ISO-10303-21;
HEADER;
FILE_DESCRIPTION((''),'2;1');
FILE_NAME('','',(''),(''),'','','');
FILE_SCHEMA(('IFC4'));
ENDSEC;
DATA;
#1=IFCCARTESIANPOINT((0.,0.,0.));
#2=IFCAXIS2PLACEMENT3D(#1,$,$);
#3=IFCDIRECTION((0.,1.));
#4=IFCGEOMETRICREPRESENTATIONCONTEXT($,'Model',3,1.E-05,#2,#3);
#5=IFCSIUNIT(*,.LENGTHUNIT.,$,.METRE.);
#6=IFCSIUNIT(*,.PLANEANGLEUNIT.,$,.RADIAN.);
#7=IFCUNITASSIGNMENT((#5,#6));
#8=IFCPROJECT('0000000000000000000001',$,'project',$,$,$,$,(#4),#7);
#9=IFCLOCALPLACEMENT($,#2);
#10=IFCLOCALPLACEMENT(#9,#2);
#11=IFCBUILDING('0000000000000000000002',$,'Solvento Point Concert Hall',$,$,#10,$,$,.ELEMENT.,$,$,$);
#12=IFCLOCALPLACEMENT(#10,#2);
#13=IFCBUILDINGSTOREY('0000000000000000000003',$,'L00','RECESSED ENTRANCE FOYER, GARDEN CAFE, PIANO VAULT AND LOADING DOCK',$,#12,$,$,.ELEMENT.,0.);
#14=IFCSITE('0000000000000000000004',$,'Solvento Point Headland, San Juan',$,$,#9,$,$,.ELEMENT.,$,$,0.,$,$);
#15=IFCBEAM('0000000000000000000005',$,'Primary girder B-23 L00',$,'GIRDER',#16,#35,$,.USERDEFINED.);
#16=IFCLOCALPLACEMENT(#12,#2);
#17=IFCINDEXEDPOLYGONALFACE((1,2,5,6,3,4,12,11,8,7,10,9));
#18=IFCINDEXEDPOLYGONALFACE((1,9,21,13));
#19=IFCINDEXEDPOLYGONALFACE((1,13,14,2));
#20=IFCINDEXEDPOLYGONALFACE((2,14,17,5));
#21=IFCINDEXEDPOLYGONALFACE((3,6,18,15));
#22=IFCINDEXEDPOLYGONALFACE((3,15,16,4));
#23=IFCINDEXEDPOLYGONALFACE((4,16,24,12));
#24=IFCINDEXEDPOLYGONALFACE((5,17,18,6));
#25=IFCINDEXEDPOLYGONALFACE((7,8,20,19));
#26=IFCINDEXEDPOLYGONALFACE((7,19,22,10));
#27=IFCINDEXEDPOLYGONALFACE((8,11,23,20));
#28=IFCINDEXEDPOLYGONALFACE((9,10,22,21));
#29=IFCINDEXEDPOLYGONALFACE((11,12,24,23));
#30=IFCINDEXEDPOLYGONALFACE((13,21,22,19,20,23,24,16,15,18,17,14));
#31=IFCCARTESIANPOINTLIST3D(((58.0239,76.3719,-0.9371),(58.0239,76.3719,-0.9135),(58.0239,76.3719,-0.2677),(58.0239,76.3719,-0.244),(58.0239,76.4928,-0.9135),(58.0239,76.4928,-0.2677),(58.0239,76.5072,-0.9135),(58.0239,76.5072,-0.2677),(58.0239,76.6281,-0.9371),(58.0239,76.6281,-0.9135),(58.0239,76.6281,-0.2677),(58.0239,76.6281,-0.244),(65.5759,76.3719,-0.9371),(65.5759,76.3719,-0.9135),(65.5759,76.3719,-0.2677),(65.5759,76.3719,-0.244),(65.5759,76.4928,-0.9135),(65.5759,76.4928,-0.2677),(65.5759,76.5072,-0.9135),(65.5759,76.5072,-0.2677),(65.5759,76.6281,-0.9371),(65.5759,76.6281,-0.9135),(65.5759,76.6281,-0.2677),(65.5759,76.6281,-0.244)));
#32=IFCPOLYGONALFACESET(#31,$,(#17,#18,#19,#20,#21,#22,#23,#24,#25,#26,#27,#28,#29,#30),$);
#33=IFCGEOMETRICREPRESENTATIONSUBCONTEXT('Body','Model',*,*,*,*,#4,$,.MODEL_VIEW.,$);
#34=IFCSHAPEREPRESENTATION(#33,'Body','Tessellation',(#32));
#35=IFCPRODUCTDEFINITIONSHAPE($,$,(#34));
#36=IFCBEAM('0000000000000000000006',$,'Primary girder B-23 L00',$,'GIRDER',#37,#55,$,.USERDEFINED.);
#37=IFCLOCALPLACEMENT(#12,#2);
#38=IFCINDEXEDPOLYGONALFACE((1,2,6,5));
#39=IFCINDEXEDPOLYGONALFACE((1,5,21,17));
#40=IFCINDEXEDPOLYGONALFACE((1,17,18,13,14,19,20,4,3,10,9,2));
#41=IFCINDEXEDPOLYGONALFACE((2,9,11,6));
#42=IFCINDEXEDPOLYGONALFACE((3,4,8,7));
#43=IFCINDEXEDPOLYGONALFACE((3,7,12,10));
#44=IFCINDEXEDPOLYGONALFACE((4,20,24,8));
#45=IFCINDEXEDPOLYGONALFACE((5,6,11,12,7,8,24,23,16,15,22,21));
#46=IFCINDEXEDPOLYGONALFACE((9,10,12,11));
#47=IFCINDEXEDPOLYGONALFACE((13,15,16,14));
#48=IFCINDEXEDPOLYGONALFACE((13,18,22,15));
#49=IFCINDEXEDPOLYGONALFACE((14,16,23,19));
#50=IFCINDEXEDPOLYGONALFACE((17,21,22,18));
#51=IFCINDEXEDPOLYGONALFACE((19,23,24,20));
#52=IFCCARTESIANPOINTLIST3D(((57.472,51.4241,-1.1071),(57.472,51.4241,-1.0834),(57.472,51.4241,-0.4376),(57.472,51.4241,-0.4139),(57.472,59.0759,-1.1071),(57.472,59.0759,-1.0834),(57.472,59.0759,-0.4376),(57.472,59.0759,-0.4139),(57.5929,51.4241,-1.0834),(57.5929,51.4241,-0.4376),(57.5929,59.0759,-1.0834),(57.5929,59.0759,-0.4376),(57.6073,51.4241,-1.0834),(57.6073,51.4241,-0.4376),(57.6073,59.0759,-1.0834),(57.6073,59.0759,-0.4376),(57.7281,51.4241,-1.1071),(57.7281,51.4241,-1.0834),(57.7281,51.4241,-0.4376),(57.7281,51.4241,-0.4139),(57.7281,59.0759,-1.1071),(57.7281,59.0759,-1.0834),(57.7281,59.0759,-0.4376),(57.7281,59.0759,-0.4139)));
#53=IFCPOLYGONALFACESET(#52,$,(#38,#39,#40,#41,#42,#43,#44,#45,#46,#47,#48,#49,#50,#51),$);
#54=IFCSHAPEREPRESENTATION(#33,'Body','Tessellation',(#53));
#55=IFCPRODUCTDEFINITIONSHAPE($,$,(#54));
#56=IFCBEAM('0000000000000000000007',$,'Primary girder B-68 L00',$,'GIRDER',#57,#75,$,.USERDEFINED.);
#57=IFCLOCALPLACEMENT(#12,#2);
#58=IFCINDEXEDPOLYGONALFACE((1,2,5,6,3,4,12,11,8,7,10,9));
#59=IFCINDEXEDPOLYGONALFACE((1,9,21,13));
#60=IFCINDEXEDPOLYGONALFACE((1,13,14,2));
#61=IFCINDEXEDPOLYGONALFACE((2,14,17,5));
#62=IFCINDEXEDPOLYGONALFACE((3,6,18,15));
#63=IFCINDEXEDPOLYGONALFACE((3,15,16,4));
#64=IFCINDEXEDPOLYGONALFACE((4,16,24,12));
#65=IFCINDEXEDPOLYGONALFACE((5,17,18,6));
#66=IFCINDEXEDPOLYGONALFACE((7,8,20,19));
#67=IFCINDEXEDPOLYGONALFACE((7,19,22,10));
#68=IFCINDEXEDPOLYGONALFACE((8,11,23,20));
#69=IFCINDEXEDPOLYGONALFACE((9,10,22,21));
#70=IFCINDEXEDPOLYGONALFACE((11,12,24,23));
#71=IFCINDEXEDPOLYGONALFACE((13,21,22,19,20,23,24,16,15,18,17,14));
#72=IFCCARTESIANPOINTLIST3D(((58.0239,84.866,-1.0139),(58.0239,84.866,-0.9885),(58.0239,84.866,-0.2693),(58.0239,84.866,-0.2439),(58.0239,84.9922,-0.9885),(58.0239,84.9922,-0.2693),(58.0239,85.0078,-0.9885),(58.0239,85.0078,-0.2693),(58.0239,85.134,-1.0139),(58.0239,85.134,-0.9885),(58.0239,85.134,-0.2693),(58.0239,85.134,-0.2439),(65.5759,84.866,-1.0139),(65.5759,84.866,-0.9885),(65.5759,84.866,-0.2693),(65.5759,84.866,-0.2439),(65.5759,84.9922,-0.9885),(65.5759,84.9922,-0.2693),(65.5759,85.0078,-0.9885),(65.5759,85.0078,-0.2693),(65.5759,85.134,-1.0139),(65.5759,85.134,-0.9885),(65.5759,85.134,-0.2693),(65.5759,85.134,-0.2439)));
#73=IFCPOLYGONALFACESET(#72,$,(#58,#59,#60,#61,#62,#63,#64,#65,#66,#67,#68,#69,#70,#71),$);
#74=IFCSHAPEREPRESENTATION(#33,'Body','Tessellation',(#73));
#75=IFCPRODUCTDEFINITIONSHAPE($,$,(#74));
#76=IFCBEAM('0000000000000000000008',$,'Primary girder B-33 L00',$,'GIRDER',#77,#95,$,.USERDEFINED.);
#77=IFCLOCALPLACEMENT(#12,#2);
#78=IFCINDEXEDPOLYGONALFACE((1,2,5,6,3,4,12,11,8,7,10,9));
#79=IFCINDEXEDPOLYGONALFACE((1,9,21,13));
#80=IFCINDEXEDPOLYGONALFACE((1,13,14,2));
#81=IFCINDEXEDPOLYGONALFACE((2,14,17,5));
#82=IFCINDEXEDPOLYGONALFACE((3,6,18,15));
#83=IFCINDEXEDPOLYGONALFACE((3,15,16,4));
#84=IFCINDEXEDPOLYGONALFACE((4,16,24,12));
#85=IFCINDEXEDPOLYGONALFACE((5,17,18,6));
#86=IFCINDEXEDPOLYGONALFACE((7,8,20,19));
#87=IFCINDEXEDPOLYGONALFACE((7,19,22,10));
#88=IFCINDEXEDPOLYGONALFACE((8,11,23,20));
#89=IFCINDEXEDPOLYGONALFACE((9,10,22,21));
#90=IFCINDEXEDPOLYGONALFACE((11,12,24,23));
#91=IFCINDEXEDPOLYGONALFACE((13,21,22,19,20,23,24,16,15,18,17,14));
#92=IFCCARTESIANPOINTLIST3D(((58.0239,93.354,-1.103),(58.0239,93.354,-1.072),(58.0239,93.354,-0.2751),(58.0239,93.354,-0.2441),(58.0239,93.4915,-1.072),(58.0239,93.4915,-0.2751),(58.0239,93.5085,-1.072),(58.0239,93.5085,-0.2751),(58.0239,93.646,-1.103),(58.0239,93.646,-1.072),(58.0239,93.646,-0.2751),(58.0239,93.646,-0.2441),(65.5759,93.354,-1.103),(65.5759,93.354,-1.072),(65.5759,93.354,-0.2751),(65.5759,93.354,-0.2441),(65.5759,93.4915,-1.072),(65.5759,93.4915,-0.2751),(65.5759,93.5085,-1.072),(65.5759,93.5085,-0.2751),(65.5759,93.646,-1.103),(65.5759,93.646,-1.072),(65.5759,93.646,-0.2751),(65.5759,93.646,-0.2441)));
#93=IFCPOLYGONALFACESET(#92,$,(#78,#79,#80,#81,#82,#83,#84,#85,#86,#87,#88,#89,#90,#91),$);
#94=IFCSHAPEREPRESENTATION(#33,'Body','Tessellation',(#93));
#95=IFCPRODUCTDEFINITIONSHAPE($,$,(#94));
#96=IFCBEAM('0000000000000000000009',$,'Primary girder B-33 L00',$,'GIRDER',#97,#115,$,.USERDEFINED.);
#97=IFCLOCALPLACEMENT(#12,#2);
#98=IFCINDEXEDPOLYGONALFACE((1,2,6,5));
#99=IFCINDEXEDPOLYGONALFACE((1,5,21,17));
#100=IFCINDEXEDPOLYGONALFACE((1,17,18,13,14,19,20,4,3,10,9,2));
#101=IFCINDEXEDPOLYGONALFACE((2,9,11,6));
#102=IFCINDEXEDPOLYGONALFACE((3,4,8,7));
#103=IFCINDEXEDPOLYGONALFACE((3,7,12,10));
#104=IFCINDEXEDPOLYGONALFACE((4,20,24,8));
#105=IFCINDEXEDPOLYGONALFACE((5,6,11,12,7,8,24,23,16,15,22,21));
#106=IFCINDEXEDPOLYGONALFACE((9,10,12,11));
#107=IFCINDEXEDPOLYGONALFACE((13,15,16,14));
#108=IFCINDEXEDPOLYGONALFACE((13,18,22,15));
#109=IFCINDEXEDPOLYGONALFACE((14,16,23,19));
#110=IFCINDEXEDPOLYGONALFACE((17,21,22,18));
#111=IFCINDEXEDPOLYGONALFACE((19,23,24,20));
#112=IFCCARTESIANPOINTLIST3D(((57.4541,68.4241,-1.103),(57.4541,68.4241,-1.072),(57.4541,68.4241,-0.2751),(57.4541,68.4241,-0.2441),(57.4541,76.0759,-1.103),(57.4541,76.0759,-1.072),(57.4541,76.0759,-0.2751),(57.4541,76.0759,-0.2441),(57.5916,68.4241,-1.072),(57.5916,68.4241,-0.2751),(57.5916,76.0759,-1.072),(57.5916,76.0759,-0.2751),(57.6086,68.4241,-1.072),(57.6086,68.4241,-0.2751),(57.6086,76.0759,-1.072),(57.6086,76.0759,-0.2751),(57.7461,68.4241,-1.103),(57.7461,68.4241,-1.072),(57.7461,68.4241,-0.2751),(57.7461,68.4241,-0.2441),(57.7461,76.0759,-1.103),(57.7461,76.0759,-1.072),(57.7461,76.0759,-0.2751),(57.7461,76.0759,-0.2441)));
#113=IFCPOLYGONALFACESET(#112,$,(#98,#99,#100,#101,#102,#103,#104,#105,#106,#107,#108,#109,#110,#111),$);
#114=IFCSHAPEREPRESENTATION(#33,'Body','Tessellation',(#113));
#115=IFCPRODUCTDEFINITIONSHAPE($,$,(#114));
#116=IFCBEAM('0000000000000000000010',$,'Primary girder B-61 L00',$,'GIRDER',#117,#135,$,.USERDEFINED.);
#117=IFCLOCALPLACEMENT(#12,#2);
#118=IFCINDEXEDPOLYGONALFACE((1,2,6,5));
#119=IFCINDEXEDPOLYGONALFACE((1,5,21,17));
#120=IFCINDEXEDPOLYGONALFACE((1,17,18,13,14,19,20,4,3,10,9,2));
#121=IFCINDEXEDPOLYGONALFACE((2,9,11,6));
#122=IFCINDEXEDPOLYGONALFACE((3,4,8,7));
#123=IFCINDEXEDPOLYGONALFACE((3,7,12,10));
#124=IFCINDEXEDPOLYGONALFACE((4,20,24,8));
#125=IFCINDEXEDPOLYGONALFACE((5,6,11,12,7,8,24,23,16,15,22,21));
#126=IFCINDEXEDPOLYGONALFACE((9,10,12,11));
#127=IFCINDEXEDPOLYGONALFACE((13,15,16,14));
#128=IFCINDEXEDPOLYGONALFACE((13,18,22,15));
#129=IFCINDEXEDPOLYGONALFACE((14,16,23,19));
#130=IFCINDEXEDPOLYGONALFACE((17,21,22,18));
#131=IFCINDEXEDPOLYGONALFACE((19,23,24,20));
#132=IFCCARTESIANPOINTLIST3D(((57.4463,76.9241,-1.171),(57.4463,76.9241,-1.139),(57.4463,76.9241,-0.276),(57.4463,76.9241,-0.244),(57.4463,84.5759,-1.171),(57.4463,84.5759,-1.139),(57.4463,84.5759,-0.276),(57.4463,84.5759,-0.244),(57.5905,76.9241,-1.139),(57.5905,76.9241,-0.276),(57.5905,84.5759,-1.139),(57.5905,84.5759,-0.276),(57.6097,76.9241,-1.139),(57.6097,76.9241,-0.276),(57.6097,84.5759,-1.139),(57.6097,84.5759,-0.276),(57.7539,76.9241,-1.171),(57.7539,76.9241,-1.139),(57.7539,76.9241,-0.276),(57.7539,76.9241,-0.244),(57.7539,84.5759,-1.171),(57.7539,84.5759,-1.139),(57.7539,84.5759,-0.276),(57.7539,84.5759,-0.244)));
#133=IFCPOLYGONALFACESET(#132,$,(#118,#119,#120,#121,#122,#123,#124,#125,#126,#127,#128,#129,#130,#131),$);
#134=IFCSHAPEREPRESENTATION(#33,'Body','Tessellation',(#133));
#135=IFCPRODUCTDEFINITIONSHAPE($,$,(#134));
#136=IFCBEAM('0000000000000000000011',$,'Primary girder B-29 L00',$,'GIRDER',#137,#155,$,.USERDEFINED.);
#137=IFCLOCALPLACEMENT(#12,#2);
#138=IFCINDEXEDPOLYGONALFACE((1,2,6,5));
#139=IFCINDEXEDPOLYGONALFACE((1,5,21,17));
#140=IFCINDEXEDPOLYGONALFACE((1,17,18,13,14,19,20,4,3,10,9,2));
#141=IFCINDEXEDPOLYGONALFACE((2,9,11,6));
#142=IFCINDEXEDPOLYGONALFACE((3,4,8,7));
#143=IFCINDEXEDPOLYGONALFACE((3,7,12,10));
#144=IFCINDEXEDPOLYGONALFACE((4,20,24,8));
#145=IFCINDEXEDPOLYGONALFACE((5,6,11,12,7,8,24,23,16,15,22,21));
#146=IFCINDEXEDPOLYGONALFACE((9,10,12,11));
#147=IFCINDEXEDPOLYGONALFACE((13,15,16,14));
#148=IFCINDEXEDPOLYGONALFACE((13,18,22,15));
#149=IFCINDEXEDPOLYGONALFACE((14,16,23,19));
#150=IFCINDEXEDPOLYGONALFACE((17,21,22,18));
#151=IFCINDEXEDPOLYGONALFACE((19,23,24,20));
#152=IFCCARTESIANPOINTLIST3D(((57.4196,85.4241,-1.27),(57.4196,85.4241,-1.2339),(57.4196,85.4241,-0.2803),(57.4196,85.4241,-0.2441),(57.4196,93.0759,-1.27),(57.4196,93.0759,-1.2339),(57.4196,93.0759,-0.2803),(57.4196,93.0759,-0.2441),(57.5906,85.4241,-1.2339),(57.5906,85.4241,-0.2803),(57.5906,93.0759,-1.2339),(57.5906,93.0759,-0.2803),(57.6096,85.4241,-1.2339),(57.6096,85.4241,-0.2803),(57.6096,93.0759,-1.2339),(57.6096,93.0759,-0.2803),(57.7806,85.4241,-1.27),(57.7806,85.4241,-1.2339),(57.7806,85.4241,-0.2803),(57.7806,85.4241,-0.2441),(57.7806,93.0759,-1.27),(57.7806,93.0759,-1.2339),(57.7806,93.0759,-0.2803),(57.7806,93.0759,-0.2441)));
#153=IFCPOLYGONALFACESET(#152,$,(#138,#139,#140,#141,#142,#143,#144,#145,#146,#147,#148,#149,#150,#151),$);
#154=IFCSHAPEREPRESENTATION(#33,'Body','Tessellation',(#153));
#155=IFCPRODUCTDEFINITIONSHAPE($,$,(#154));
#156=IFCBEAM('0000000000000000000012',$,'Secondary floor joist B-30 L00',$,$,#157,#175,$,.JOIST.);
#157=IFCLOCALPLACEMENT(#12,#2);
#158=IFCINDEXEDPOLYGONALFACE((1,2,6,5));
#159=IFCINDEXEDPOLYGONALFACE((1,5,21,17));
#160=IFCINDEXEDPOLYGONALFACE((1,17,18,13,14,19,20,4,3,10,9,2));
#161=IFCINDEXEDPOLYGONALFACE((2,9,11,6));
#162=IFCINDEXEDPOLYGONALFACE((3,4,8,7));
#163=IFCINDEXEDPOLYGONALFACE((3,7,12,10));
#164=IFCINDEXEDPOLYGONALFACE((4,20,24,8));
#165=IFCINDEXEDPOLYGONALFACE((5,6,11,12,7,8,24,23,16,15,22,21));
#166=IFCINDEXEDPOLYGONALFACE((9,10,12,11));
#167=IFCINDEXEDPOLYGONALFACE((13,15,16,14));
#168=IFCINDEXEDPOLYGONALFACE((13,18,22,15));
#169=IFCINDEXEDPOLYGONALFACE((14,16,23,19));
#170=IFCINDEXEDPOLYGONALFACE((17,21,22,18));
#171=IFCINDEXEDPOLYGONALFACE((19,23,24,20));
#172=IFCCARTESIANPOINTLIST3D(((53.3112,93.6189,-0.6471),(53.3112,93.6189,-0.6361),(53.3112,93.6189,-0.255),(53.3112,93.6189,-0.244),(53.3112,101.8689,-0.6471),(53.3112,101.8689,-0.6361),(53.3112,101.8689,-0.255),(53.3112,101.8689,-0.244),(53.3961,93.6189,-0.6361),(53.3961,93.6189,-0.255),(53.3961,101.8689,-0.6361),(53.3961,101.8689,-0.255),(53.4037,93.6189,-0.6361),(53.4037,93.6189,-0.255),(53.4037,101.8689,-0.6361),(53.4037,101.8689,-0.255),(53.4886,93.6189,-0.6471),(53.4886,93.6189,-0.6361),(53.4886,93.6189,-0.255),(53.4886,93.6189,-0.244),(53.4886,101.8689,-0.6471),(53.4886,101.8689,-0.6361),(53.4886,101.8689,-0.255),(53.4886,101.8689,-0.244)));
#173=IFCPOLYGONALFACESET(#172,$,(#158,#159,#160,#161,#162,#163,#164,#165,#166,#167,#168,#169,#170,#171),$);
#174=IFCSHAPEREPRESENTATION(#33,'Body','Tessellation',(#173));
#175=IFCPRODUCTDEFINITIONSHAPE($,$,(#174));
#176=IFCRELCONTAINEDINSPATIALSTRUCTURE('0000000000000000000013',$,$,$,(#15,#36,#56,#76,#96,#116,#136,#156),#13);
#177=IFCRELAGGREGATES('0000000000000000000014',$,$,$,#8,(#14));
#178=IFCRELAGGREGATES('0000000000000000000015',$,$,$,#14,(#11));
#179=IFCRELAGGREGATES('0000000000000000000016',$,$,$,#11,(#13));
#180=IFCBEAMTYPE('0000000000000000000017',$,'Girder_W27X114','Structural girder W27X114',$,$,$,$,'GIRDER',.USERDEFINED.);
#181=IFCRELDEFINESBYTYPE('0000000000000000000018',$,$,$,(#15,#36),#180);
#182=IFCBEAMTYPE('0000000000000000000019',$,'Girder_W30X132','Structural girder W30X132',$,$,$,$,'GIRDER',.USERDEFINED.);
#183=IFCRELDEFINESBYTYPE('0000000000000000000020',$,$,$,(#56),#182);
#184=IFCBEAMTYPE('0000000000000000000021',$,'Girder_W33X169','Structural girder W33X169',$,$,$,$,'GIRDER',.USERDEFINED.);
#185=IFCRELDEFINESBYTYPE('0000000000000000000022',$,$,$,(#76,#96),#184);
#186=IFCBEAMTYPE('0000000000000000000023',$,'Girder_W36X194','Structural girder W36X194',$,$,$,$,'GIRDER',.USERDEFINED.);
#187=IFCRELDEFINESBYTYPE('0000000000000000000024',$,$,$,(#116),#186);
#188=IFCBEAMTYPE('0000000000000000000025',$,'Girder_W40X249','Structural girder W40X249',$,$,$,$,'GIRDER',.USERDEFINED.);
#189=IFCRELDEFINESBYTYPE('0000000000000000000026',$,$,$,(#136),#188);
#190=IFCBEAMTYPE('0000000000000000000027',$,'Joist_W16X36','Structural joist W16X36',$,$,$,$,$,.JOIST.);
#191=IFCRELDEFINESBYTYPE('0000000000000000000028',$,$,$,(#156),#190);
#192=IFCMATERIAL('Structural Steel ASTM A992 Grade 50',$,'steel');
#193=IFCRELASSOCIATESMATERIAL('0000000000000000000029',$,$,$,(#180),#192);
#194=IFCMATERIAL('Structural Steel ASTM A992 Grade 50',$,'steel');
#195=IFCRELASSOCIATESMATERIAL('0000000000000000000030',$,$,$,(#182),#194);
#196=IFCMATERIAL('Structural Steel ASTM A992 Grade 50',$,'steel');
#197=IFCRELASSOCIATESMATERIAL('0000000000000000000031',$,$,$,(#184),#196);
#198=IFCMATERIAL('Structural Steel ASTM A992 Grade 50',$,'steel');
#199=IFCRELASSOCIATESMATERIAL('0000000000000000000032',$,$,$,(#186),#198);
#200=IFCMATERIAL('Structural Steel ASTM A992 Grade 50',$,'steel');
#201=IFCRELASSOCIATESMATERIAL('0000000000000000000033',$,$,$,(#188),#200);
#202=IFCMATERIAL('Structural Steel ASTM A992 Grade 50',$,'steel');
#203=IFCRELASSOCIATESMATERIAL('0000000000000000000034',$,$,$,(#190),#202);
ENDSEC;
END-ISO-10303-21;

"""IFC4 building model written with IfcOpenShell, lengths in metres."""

from ifc_helpers import new_model, si_unit, direction, frame, origin, origin_2d, place, context, subcontext, project, spatial, i_section, extrude, material, material_profile, profile_set, type_object, element, save


model = new_model("IFC4")

# Units and contexts
model_context = context("Model", 3, precision=1e-05, world=origin(), true_north=direction((0.0, 1.0)))
body_context = subcontext(model_context, "Body", "Model", "MODEL_VIEW")
ifc_project = project(units=[si_unit("LENGTHUNIT", "METRE"), si_unit("PLANEANGLEUNIT", "RADIAN")], contexts=[model_context])

# Site, building, storey
site_placement = place(None, origin())
site = spatial("IfcSite", under=ifc_project, at=site_placement, Name="Solvento Point Headland, San Juan", CompositionType="ELEMENT", RefElevation=0.0)
building_placement = place(site_placement, origin())
building = spatial("IfcBuilding", under=site, at=building_placement, Name="Solvento Point Concert Hall", CompositionType="ELEMENT")
storey_placement = place(building_placement, origin())
storey = spatial("IfcBuildingStorey", under=building, at=storey_placement, Name="L00", Description="RECESSED ENTRANCE FOYER, GARDEN CAFE, PIANO VAULT AND LOADING DOCK", CompositionType="ELEMENT", Elevation=0.0)

# Beams
ifc_material_1 = material(Name="Structural Steel ASTM A992 Grade 50", Category="steel")
ifc_material_profile_1 = material_profile(ifc_material_1, i_section(OverallWidth=0.2561, OverallDepth=0.6931, WebThickness=0.0144, FlangeThickness=0.0237, at=origin_2d()), Name="W27X114")
ifc_profile_set_1 = profile_set([ifc_material_profile_1], Name="Structural Steel ASTM A992 Grade 50")
beam_type_1 = type_object("IfcBeamType", Name="Girder_W27X114", Description="Structural girder W27X114", ElementType="GIRDER", PredefinedType="USERDEFINED", material=ifc_profile_set_1)
beam_1_placement = place(storey_placement, frame((58.0239, 76.5, -0.5906), z_axis=(1.0, 0.0, 0.0), x_axis=(0.0, 1.0, 0.0)))
element("IfcBeam", 1, at=beam_1_placement, inside=storey, type_object=beam_type_1, Name="Primary girder B-23 L00", ObjectType="GIRDER", PredefinedType="USERDEFINED", context=body_context, shape_type="SweptSolid", body=[
    extrude(i_section(OverallWidth=0.2561, OverallDepth=0.6931, WebThickness=0.0144, FlangeThickness=0.0237, at=origin_2d()), origin(), (0.0, 0.0, 1.0), 7.552),
])
beam_2_placement = place(storey_placement, frame((57.6001, 51.4241, -0.7605), z_axis=(0.0, 1.0, 0.0), x_axis=(-1.0, 0.0, 0.0)))
element("IfcBeam", 2, at=beam_2_placement, inside=storey, type_object=beam_type_1, Name="Primary girder B-23 L00", ObjectType="GIRDER", PredefinedType="USERDEFINED", context=body_context, shape_type="SweptSolid", body=[
    extrude(i_section(OverallWidth=0.2561, OverallDepth=0.6931, WebThickness=0.0144, FlangeThickness=0.0237, at=origin_2d()), origin(), (0.0, 0.0, 1.0), 7.6519),
])
ifc_material_2 = material(Name="Structural Steel ASTM A992 Grade 50", Category="steel")
ifc_material_profile_2 = material_profile(ifc_material_2, i_section(OverallWidth=0.2681, OverallDepth=0.77, WebThickness=0.0156, FlangeThickness=0.0254, at=origin_2d()), Name="W30X132")
ifc_profile_set_2 = profile_set([ifc_material_profile_2], Name="Structural Steel ASTM A992 Grade 50")
beam_type_2 = type_object("IfcBeamType", Name="Girder_W30X132", Description="Structural girder W30X132", ElementType="GIRDER", PredefinedType="USERDEFINED", material=ifc_profile_set_2)
beam_3_placement = place(storey_placement, frame((58.0239, 85.0, -0.6289), z_axis=(1.0, 0.0, 0.0), x_axis=(0.0, 1.0, 0.0)))
element("IfcBeam", 3, at=beam_3_placement, inside=storey, type_object=beam_type_2, Name="Primary girder B-68 L00", ObjectType="GIRDER", PredefinedType="USERDEFINED", context=body_context, shape_type="SweptSolid", body=[
    extrude(i_section(OverallWidth=0.2681, OverallDepth=0.77, WebThickness=0.0156, FlangeThickness=0.0254, at=origin_2d()), origin(), (0.0, 0.0, 1.0), 7.552),
])
ifc_material_3 = material(Name="Structural Steel ASTM A992 Grade 50", Category="steel")
ifc_material_profile_3 = material_profile(ifc_material_3, i_section(OverallWidth=0.292, OverallDepth=0.8589, WebThickness=0.0171, FlangeThickness=0.031, at=origin_2d()), Name="W33X169")
ifc_profile_set_3 = profile_set([ifc_material_profile_3], Name="Structural Steel ASTM A992 Grade 50")
beam_type_3 = type_object("IfcBeamType", Name="Girder_W33X169", Description="Structural girder W33X169", ElementType="GIRDER", PredefinedType="USERDEFINED", material=ifc_profile_set_3)
beam_4_placement = place(storey_placement, frame((58.0239, 93.5, -0.6736), z_axis=(1.0, 0.0, 0.0), x_axis=(0.0, 1.0, 0.0)))
element("IfcBeam", 4, at=beam_4_placement, inside=storey, type_object=beam_type_3, Name="Primary girder B-33 L00", ObjectType="GIRDER", PredefinedType="USERDEFINED", context=body_context, shape_type="SweptSolid", body=[
    extrude(i_section(OverallWidth=0.292, OverallDepth=0.8589, WebThickness=0.0171, FlangeThickness=0.031, at=origin_2d()), origin(), (0.0, 0.0, 1.0), 7.552),
])
beam_5_placement = place(storey_placement, frame((57.6001, 68.4241, -0.6736), z_axis=(0.0, 1.0, 0.0), x_axis=(-1.0, 0.0, 0.0)))
element("IfcBeam", 5, at=beam_5_placement, inside=storey, type_object=beam_type_3, Name="Primary girder B-33 L00", ObjectType="GIRDER", PredefinedType="USERDEFINED", context=body_context, shape_type="SweptSolid", body=[
    extrude(i_section(OverallWidth=0.292, OverallDepth=0.8589, WebThickness=0.0171, FlangeThickness=0.031, at=origin_2d()), origin(), (0.0, 0.0, 1.0), 7.6519),
])
ifc_material_4 = material(Name="Structural Steel ASTM A992 Grade 50", Category="steel")
ifc_material_profile_4 = material_profile(ifc_material_4, i_section(OverallWidth=0.3076, OverallDepth=0.927, WebThickness=0.0193, FlangeThickness=0.032, at=origin_2d()), Name="W36X194")
ifc_profile_set_4 = profile_set([ifc_material_profile_4], Name="Structural Steel ASTM A992 Grade 50")
beam_type_4 = type_object("IfcBeamType", Name="Girder_W36X194", Description="Structural girder W36X194", ElementType="GIRDER", PredefinedType="USERDEFINED", material=ifc_profile_set_4)
beam_6_placement = place(storey_placement, frame((57.6001, 76.9241, -0.7075), z_axis=(0.0, 1.0, 0.0), x_axis=(-1.0, 0.0, 0.0)))
element("IfcBeam", 6, at=beam_6_placement, inside=storey, type_object=beam_type_4, Name="Primary girder B-61 L00", ObjectType="GIRDER", PredefinedType="USERDEFINED", context=body_context, shape_type="SweptSolid", body=[
    extrude(i_section(OverallWidth=0.3076, OverallDepth=0.927, WebThickness=0.0193, FlangeThickness=0.032, at=origin_2d()), origin(), (0.0, 0.0, 1.0), 7.6519),
])
ifc_material_5 = material(Name="Structural Steel ASTM A992 Grade 50", Category="steel")
ifc_material_profile_5 = material_profile(ifc_material_5, i_section(OverallWidth=0.3611, OverallDepth=1.0259, WebThickness=0.019, FlangeThickness=0.0361, at=origin_2d()), Name="W40X249")
ifc_profile_set_5 = profile_set([ifc_material_profile_5], Name="Structural Steel ASTM A992 Grade 50")
beam_type_5 = type_object("IfcBeamType", Name="Girder_W40X249", Description="Structural girder W40X249", ElementType="GIRDER", PredefinedType="USERDEFINED", material=ifc_profile_set_5)
beam_7_placement = place(storey_placement, frame((57.6001, 85.4241, -0.7571), z_axis=(0.0, 1.0, 0.0), x_axis=(-1.0, 0.0, 0.0)))
element("IfcBeam", 7, at=beam_7_placement, inside=storey, type_object=beam_type_5, Name="Primary girder B-29 L00", ObjectType="GIRDER", PredefinedType="USERDEFINED", context=body_context, shape_type="SweptSolid", body=[
    extrude(i_section(OverallWidth=0.3611, OverallDepth=1.0259, WebThickness=0.019, FlangeThickness=0.0361, at=origin_2d()), origin(), (0.0, 0.0, 1.0), 7.6519),
])
ifc_material_6 = material(Name="Structural Steel ASTM A992 Grade 50", Category="steel")
ifc_material_profile_6 = material_profile(ifc_material_6, i_section(OverallWidth=0.1775, OverallDepth=0.4031, WebThickness=0.0076, FlangeThickness=0.011, at=origin_2d()), Name="W16X36")
ifc_profile_set_6 = profile_set([ifc_material_profile_6], Name="Structural Steel ASTM A992 Grade 50")
beam_type_6 = type_object("IfcBeamType", Name="Joist_W16X36", Description="Structural joist W16X36", PredefinedType="JOIST", material=ifc_profile_set_6)
beam_8_placement = place(storey_placement, frame((53.3999, 93.6189, -0.4456), z_axis=(0.0, 1.0, 0.0), x_axis=(-1.0, 0.0, 0.0)))
element("IfcBeam", 8, at=beam_8_placement, inside=storey, type_object=beam_type_6, Name="Secondary floor joist B-30 L00", PredefinedType="JOIST", context=body_context, shape_type="SweptSolid", body=[
    extrude(i_section(OverallWidth=0.1775, OverallDepth=0.4031, WebThickness=0.0076, FlangeThickness=0.011, at=origin_2d()), origin(), (0.0, 0.0, 1.0), 8.25),
])

save(model, "model.ifc")
